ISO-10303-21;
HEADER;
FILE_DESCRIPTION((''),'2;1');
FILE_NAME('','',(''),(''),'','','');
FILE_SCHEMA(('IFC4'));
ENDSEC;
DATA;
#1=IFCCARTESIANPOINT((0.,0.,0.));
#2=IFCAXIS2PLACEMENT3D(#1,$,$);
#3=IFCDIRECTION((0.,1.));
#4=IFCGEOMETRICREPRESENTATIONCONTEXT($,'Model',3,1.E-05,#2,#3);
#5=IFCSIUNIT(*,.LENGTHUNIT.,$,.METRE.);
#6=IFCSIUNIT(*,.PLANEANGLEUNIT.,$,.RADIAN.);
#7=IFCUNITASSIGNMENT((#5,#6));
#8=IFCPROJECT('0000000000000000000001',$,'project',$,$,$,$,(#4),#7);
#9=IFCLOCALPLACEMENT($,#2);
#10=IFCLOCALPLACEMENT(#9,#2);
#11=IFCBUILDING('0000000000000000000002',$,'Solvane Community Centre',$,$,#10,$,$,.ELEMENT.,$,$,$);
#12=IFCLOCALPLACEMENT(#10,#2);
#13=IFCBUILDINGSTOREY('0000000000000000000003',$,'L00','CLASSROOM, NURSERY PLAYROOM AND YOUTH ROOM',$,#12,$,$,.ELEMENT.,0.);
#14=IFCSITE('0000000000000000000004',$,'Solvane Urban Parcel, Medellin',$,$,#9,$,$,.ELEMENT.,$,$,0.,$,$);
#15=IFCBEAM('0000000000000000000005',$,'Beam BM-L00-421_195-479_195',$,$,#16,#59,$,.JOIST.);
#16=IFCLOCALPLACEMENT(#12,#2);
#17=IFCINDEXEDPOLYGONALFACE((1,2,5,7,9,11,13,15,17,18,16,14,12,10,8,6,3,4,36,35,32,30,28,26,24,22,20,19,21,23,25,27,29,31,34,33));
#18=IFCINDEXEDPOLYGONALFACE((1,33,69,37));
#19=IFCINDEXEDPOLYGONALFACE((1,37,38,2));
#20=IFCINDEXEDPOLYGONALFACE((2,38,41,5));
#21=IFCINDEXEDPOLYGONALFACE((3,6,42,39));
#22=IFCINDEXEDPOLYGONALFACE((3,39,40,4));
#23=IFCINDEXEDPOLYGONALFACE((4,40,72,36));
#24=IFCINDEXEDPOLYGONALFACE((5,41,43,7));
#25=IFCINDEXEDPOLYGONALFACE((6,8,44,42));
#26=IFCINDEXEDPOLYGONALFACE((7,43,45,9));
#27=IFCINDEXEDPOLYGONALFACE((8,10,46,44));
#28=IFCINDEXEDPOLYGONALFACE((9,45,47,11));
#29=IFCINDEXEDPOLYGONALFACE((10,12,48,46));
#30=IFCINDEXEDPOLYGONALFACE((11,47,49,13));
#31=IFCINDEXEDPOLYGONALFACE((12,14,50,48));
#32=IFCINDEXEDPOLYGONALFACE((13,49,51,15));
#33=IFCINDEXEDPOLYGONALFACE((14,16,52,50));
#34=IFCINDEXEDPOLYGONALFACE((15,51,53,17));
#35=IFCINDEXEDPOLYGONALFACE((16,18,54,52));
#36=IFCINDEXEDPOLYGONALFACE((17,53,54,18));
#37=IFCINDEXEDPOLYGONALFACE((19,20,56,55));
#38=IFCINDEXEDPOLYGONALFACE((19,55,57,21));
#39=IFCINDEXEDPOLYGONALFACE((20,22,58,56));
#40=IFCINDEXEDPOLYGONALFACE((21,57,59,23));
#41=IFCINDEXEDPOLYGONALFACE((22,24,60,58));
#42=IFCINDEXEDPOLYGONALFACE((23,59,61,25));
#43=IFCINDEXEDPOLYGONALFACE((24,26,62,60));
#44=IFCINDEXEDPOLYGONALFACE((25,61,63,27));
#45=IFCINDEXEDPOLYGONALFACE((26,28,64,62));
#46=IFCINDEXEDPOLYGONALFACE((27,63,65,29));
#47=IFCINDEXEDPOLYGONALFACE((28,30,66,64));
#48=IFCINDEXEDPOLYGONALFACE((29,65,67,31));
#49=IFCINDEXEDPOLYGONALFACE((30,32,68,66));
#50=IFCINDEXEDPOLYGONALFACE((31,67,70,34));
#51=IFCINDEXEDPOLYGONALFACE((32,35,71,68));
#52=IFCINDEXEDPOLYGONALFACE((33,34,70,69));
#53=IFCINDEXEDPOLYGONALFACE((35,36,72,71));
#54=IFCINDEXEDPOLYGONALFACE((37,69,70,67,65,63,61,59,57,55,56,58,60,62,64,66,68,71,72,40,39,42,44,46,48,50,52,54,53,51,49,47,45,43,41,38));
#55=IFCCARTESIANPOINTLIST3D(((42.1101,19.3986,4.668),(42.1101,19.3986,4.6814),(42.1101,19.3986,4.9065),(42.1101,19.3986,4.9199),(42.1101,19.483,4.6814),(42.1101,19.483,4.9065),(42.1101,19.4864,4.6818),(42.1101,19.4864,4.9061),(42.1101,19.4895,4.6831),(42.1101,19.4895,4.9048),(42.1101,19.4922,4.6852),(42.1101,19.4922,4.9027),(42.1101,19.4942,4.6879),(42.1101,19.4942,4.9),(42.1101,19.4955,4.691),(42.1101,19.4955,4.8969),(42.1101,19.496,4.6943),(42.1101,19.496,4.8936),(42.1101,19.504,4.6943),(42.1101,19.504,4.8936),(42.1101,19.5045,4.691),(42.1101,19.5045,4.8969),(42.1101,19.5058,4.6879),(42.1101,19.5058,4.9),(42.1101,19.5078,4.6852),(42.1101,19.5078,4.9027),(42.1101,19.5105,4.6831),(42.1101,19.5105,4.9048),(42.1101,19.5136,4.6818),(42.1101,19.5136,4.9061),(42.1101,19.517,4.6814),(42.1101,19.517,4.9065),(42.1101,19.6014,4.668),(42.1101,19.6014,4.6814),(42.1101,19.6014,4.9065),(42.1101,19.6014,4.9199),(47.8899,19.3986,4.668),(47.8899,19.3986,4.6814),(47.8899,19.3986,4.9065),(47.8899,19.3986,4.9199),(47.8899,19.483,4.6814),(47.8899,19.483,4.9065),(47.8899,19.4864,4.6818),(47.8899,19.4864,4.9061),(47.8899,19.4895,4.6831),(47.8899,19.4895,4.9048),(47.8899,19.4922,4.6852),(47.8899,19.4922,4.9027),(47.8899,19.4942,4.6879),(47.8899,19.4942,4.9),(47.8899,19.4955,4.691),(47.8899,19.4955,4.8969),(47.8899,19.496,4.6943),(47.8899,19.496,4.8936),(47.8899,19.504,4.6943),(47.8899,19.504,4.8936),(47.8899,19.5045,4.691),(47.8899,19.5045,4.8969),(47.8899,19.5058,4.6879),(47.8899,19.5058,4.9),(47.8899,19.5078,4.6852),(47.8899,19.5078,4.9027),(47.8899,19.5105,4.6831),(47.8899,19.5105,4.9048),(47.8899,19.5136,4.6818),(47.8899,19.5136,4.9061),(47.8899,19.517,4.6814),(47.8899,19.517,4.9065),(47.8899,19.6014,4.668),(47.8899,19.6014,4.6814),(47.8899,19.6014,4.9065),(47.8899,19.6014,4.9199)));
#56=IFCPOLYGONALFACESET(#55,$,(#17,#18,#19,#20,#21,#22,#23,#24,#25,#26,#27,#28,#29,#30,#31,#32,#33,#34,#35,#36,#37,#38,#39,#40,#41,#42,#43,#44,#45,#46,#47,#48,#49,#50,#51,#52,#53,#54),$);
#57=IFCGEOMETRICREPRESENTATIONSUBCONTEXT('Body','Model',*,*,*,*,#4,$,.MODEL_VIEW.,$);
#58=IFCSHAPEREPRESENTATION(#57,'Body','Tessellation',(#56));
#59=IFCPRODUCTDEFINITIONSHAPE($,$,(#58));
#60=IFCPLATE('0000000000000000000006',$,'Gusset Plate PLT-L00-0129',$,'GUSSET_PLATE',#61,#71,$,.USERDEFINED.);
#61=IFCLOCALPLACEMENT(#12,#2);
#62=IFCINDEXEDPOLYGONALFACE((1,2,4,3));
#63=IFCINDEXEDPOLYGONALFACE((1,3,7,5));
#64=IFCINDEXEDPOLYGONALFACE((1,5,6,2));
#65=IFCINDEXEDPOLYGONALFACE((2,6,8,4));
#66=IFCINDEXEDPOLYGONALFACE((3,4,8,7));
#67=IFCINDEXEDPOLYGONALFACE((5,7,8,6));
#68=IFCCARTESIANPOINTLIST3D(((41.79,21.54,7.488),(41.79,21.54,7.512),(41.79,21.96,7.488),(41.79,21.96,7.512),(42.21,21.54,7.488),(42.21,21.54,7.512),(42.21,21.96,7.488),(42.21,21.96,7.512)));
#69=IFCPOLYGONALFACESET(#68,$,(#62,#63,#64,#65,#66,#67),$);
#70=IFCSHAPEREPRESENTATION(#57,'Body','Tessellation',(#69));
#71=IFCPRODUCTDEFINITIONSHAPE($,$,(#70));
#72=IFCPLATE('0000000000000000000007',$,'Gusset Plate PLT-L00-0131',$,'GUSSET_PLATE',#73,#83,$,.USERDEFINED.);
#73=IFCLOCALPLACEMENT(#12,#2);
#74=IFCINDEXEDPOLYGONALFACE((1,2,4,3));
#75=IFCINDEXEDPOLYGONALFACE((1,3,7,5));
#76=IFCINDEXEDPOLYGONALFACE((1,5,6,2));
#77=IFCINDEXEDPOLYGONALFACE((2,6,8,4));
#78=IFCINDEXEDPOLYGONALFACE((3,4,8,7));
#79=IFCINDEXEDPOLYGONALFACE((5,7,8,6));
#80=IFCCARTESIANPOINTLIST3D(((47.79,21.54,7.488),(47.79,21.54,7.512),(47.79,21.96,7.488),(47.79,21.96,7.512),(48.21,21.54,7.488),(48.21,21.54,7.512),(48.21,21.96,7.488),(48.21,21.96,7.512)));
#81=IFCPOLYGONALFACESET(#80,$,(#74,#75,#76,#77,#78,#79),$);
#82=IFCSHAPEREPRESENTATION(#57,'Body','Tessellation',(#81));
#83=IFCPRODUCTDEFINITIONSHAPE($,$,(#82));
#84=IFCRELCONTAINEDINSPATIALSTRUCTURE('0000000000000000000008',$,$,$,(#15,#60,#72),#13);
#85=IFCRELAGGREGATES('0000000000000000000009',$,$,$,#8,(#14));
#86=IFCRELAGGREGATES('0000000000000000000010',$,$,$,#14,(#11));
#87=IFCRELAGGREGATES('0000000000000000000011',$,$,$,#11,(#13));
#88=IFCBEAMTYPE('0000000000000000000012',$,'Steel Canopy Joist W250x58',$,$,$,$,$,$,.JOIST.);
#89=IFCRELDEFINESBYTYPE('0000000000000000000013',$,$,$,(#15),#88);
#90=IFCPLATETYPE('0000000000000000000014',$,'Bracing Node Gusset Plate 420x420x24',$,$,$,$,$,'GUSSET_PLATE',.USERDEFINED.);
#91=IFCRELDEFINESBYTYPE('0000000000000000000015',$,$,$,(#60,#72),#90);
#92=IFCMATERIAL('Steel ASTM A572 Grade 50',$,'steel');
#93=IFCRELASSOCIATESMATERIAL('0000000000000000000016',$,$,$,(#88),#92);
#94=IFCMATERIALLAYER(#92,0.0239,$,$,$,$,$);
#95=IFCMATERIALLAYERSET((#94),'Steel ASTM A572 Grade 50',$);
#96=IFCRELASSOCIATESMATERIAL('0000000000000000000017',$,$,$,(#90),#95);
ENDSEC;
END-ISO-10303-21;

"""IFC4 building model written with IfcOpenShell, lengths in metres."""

from ifc_helpers import new_model, si_unit, direction, frame, origin, origin_2d, place, context, subcontext, project, spatial, rectangle, i_section, extrude, material, layer, layer_set, material_profile, profile_set, type_object, element, save


model = new_model("IFC4")

# Units and contexts
model_context = context("Model", 3, precision=1e-05, world=origin(), true_north=direction((0.0, 1.0)))
body_context = subcontext(model_context, "Body", "Model", "MODEL_VIEW")
ifc_project = project(units=[si_unit("LENGTHUNIT", "METRE"), si_unit("PLANEANGLEUNIT", "RADIAN")], contexts=[model_context])

# Site, building, storey
site_placement = place(None, origin())
site = spatial("IfcSite", under=ifc_project, at=site_placement, Name="Solvane Urban Parcel, Medellin", CompositionType="ELEMENT", RefElevation=0.0)
building_placement = place(site_placement, origin())
building = spatial("IfcBuilding", under=site, at=building_placement, Name="Solvane Community Centre", CompositionType="ELEMENT")
storey_placement = place(building_placement, origin())
storey = spatial("IfcBuildingStorey", under=building, at=storey_placement, Name="L00", Description="CLASSROOM, NURSERY PLAYROOM AND YOUTH ROOM", CompositionType="ELEMENT", Elevation=0.0)

# Shared definitions
ifc_material_1 = material(Name="Steel ASTM A572 Grade 50", Category="steel")

# Beam
ifc_material_profile_1 = material_profile(ifc_material_1, i_section(OverallWidth=0.2029, OverallDepth=0.252, WebThickness=0.0081, FlangeThickness=0.0134, FilletRadius=0.0129, at=origin_2d()), Name="W250x58")
ifc_profile_set_1 = profile_set([ifc_material_profile_1], Name="Steel ASTM A572 Grade 50")
beam_type = type_object("IfcBeamType", Name="Steel Canopy Joist W250x58", PredefinedType="JOIST", material=ifc_profile_set_1)
beam_placement = place(storey_placement, frame((42.1101, 19.5, 4.7939), z_axis=(1.0, 0.0, 0.0), x_axis=(0.0, 1.0, 0.0)))
element("IfcBeam", 1, at=beam_placement, inside=storey, type_object=beam_type, Name="Beam BM-L00-421_195-479_195", PredefinedType="JOIST", context=body_context, shape_type="SweptSolid", body=[
    extrude(i_section(OverallWidth=0.2029, OverallDepth=0.252, WebThickness=0.0081, FlangeThickness=0.0134, FilletRadius=0.0129, at=origin_2d()), origin(), (0.0, 0.0, 1.0), 5.7798),
])

# Plates
ifc_layer_1 = layer(ifc_material_1, 0.0239)
ifc_layer_set_1 = layer_set([ifc_layer_1], Name="Steel ASTM A572 Grade 50")
plate_type = type_object("IfcPlateType", Name="Bracing Node Gusset Plate 420x420x24", ElementType="GUSSET_PLATE", PredefinedType="USERDEFINED", material=ifc_layer_set_1)
for number, where, z_axis, x_axis, name in (
    (2, (42.0, 21.75, 7.488), (0.0, 0.0, 1.0), (1.0, 0.0, 0.0), "Gusset Plate PLT-L00-0129"),
    (3, (48.0, 21.75, 7.488), (0.0, 0.0, 1.0), (1.0, 0.0, 0.0), "Gusset Plate PLT-L00-0131"),
):
    element("IfcPlate", number, at=place(storey_placement, frame(where, z_axis=z_axis, x_axis=x_axis)), inside=storey, type_object=plate_type, Name=name, ObjectType="GUSSET_PLATE", PredefinedType="USERDEFINED", context=body_context, shape_type="SweptSolid", body=[
        extrude(rectangle(XDim=0.4199, YDim=0.4199, at=origin_2d()), origin(), (0.0, 0.0, 1.0), 0.0239),
    ])

save(model, "model.ifc")
